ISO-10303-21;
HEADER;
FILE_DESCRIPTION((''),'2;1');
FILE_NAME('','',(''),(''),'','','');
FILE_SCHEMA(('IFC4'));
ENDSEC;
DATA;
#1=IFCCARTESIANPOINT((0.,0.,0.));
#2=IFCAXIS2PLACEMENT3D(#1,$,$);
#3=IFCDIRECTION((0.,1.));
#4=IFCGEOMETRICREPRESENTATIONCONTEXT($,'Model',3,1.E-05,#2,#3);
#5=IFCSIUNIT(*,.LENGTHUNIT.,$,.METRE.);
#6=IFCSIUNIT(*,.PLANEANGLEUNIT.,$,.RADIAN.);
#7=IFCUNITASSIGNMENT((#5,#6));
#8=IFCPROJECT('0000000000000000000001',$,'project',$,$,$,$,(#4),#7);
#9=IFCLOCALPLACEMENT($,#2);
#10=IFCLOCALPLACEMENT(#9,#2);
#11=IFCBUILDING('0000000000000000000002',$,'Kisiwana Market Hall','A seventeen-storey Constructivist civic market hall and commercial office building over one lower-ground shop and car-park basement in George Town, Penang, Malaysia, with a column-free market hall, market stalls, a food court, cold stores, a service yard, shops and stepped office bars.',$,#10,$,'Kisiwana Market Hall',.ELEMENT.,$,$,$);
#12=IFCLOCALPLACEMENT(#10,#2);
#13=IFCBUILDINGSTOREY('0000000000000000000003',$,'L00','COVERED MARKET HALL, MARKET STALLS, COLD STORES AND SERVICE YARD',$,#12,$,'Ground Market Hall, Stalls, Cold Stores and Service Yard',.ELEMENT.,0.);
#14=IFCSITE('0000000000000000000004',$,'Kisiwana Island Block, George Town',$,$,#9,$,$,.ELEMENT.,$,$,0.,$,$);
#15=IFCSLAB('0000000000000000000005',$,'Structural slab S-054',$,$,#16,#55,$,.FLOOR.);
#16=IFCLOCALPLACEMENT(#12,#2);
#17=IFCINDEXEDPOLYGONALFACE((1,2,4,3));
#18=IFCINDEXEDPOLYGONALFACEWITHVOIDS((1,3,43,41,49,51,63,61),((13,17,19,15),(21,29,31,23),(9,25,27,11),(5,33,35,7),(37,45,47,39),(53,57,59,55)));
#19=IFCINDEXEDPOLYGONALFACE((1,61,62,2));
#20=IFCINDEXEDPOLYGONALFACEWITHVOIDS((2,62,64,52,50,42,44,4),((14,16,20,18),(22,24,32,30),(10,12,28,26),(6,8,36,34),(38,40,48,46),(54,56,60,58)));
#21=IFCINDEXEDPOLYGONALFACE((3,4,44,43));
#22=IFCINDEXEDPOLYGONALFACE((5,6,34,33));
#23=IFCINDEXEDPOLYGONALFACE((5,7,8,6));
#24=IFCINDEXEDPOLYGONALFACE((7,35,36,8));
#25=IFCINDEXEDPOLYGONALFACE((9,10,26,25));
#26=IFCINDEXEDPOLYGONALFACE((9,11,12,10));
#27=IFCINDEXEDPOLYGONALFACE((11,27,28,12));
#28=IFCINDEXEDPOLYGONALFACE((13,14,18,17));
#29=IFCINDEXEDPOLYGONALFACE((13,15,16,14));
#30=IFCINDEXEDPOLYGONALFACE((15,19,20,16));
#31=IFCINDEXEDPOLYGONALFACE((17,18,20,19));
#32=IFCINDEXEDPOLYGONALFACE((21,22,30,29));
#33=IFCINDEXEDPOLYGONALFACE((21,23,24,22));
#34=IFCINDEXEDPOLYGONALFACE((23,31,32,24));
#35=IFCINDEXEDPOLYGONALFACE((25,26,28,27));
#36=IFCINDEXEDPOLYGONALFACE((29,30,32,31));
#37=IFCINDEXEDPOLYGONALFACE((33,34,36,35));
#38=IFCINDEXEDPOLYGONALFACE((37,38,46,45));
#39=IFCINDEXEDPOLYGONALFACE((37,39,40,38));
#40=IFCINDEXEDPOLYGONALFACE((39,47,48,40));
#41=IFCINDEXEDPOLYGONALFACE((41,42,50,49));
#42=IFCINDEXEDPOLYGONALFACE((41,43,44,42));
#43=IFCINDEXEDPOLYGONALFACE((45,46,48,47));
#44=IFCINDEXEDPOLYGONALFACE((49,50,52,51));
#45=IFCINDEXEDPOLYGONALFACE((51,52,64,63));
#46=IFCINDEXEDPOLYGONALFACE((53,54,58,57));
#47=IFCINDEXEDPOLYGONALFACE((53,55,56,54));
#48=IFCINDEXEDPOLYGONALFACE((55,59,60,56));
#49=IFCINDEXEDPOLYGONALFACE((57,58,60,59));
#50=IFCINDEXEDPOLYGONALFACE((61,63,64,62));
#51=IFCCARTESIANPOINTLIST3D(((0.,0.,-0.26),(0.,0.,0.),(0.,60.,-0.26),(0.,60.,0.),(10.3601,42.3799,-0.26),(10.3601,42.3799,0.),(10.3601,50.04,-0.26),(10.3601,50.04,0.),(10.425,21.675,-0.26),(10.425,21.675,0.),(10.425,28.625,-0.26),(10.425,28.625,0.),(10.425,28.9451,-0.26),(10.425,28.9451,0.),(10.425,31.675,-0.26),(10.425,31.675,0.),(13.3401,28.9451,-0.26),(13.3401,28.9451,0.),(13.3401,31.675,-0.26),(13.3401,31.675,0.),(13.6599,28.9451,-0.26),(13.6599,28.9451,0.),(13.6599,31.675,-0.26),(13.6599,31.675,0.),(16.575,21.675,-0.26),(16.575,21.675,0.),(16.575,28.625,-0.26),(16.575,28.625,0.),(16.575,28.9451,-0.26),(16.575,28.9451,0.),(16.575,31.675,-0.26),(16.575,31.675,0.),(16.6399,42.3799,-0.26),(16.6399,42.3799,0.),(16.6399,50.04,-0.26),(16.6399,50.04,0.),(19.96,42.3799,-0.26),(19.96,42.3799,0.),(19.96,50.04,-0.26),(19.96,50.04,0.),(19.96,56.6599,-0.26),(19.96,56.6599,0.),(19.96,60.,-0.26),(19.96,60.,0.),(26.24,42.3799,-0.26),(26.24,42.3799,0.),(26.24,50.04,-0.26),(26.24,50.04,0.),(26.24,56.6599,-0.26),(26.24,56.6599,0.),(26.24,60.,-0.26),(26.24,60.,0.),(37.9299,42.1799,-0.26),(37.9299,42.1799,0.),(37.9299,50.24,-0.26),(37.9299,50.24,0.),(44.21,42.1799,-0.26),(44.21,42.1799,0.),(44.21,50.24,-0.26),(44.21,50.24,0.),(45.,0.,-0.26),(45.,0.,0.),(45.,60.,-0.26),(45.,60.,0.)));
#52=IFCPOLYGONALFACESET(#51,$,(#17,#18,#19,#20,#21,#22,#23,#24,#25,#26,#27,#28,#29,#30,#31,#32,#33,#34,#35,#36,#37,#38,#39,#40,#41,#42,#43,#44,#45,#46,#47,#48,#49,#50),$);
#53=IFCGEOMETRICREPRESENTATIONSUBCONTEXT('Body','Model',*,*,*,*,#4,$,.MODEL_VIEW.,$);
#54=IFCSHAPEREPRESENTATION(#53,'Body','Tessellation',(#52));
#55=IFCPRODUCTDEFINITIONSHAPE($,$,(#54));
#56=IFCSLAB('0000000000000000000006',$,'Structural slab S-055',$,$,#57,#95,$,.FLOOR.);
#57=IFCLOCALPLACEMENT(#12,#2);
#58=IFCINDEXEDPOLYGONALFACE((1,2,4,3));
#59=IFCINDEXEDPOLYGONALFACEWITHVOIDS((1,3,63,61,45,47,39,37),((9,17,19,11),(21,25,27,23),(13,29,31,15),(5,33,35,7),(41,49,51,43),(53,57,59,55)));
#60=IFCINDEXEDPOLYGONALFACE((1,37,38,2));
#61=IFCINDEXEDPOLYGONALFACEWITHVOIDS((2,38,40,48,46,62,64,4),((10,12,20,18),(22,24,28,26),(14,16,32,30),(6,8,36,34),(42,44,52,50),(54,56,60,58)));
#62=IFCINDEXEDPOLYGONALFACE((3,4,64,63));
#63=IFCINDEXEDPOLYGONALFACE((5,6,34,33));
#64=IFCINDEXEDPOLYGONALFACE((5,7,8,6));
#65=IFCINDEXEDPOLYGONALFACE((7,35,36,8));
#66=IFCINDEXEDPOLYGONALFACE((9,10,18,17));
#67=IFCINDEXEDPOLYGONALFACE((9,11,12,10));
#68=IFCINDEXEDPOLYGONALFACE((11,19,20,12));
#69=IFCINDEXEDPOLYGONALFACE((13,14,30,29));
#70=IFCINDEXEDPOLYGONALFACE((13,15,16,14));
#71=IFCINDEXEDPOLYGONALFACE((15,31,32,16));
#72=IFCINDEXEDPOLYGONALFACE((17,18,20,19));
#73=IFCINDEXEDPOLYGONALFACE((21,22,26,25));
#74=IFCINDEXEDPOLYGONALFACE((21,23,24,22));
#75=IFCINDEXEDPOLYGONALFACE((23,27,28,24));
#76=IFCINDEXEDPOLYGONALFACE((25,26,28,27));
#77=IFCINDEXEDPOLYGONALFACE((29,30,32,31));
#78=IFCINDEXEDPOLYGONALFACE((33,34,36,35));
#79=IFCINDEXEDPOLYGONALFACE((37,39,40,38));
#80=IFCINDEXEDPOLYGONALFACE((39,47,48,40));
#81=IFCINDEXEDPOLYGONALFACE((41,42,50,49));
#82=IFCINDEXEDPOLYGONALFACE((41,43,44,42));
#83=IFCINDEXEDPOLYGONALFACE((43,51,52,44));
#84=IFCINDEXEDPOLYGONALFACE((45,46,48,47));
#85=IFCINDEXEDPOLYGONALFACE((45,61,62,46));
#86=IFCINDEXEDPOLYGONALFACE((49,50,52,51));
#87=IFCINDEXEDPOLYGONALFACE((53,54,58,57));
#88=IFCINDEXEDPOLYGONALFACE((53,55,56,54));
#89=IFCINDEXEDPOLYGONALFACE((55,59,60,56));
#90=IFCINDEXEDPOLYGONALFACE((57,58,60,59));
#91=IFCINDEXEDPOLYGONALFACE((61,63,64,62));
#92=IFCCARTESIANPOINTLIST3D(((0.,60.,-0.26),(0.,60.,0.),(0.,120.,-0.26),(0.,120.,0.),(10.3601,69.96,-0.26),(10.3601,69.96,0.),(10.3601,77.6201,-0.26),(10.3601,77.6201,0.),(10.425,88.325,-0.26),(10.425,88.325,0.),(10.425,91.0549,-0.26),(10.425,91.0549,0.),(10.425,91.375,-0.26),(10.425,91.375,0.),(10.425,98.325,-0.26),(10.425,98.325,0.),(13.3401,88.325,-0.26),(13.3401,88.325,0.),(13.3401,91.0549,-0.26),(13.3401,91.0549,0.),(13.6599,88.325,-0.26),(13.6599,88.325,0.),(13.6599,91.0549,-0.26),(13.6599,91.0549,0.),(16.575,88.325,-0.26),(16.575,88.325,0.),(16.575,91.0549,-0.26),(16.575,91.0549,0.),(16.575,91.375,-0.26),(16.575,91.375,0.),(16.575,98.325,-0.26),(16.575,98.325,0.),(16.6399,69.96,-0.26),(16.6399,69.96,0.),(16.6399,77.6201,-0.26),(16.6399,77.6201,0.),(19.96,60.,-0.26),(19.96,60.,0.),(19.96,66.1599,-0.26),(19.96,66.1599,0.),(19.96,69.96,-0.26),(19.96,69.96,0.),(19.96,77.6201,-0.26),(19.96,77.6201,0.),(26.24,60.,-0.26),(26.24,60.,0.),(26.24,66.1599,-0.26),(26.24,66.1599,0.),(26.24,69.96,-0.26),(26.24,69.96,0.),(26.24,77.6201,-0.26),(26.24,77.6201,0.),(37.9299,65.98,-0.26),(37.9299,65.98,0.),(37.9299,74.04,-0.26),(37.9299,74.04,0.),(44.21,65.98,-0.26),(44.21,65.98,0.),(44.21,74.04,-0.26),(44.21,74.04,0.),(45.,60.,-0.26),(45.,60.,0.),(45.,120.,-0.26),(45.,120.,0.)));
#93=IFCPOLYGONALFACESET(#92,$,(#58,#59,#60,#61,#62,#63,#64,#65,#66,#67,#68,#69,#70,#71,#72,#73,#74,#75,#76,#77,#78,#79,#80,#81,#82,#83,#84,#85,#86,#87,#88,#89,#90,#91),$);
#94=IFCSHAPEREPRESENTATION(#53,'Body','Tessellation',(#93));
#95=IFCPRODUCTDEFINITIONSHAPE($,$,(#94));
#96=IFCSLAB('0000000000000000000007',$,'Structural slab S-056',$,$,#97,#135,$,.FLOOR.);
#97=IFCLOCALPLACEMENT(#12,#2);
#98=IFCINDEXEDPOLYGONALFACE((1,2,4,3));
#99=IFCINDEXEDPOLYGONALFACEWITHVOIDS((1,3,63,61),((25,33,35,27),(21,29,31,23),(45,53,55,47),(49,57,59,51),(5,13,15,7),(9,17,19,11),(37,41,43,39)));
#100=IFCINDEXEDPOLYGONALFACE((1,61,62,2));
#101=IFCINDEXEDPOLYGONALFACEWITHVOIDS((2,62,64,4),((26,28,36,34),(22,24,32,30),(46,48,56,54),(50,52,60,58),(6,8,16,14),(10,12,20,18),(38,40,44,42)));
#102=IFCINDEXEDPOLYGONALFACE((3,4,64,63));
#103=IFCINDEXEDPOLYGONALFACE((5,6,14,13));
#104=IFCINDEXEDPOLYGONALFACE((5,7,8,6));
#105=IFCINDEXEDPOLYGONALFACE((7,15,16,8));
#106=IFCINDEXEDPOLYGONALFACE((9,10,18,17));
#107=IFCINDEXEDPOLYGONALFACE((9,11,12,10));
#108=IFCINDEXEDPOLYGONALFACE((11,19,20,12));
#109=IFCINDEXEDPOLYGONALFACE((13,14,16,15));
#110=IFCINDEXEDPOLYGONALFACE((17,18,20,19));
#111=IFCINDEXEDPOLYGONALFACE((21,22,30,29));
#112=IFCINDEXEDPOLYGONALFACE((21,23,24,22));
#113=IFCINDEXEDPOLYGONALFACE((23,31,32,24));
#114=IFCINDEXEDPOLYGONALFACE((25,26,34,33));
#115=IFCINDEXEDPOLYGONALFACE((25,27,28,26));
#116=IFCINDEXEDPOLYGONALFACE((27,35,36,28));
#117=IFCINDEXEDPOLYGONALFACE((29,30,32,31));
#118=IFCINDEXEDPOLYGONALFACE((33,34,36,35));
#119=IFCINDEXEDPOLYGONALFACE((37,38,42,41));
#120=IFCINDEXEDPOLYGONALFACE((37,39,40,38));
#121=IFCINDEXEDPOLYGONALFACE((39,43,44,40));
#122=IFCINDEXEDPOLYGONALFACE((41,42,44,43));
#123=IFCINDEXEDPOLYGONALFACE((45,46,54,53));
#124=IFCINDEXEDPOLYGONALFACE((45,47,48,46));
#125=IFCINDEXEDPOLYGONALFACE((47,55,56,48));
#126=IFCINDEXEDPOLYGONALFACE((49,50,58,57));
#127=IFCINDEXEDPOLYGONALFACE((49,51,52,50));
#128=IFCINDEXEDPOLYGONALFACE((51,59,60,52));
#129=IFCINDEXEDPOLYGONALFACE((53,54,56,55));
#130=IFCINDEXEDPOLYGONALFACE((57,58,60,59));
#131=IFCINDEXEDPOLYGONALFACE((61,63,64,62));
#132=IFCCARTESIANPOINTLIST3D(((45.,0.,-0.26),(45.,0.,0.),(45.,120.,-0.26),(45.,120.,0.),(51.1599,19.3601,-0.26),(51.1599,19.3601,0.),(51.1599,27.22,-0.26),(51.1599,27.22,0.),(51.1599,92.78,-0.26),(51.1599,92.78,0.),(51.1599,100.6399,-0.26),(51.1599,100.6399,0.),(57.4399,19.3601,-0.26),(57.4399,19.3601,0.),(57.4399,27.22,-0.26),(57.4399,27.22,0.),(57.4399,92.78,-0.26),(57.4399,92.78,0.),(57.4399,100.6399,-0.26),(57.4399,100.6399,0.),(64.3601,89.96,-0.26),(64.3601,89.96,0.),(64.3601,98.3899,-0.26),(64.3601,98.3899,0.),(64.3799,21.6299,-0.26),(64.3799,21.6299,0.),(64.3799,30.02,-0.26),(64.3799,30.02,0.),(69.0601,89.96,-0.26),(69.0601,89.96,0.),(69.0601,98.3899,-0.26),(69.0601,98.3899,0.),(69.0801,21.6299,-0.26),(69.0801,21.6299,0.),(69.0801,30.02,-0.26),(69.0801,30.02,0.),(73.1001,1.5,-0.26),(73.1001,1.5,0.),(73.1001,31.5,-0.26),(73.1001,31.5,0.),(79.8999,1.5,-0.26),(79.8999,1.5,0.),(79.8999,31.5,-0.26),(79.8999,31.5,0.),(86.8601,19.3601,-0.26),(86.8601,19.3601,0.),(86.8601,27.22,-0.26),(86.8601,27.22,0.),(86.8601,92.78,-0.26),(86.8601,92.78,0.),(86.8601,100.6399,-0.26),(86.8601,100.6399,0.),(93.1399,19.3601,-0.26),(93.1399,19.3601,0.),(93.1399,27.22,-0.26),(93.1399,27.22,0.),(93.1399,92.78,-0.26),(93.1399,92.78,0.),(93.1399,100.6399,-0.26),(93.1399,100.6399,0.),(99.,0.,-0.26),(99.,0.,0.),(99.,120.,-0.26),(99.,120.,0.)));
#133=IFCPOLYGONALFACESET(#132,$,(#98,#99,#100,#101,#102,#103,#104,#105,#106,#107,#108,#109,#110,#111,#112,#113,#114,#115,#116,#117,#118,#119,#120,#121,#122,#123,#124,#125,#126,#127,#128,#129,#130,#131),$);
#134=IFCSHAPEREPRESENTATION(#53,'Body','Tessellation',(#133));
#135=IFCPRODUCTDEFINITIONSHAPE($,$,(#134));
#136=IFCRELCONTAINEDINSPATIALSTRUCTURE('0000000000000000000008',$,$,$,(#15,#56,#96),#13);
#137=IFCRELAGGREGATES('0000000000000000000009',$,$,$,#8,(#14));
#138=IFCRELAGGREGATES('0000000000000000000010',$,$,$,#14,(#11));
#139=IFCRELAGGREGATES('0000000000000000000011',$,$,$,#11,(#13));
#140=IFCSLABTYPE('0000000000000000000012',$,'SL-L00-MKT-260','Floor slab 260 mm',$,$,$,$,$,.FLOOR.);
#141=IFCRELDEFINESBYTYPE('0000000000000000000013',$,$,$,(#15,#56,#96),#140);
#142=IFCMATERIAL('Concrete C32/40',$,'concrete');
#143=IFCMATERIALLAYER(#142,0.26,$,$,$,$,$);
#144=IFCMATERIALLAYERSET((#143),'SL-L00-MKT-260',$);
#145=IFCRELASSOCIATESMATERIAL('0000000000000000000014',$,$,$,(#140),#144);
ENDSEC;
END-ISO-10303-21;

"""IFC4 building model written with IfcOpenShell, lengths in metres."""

from ifc_helpers import new_model, si_unit, direction, frame, origin, place, context, subcontext, project, spatial, polyline, outline, extrude, material, layer, layer_set, type_object, element, save


model = new_model("IFC4")

# Units and contexts
model_context = context("Model", 3, precision=1e-05, world=origin(), true_north=direction((0.0, 1.0)))
body_context = subcontext(model_context, "Body", "Model", "MODEL_VIEW")
ifc_project = project(units=[si_unit("LENGTHUNIT", "METRE"), si_unit("PLANEANGLEUNIT", "RADIAN")], contexts=[model_context])

# Site, building, storey
site_placement = place(None, origin())
site = spatial("IfcSite", under=ifc_project, at=site_placement, Name="Kisiwana Island Block, George Town", CompositionType="ELEMENT", RefElevation=0.0)
building_placement = place(site_placement, origin())
building = spatial("IfcBuilding", under=site, at=building_placement, Name="Kisiwana Market Hall", Description="A seventeen-storey Constructivist civic market hall and commercial office building over one lower-ground shop and car-park basement in George Town, Penang, Malaysia, with a column-free market hall, market stalls, a food court, cold stores, a service yard, shops and stepped office bars.", LongName="Kisiwana Market Hall", CompositionType="ELEMENT")
storey_placement = place(building_placement, origin())
storey = spatial("IfcBuildingStorey", under=building, at=storey_placement, Name="L00", Description="COVERED MARKET HALL, MARKET STALLS, COLD STORES AND SERVICE YARD", LongName="Ground Market Hall, Stalls, Cold Stores and Service Yard", CompositionType="ELEMENT", Elevation=0.0)

# Slabs
ifc_material_1 = material(Name="Concrete C32/40", Category="concrete")
ifc_layer_1 = layer(ifc_material_1, 0.26)
ifc_layer_set_1 = layer_set([ifc_layer_1], Name="SL-L00-MKT-260")
slab_type_1 = type_object("IfcSlabType", Name="SL-L00-MKT-260", Description="Floor slab 260 mm", PredefinedType="FLOOR", material=ifc_layer_set_1)
slab_1_placement = place(storey_placement, frame((0.0, 0.0, -0.26)))
element("IfcSlab", 1, at=slab_1_placement, inside=storey, type_object=slab_type_1, Name="Structural slab S-054", PredefinedType="FLOOR", context=body_context, shape_type="SweptSolid", body=[
    extrude(outline(polyline([(0.0, 0.0), (45.0, 0.0), (45.0, 60.0), (26.24, 60.0), (26.24, 56.6599), (19.96, 56.6599), (19.96, 60.0), (0.0, 60.0), (0.0, 0.0)]), holes=[polyline([(10.425, 21.675), (16.575, 21.675), (16.575, 28.625), (10.425, 28.625), (10.425, 21.675)]), polyline([(10.425, 28.9451), (13.3401, 28.9451), (13.3401, 31.675), (10.425, 31.675), (10.425, 28.9451)]), polyline([(13.6599, 28.9451), (16.575, 28.9451), (16.575, 31.675), (13.6599, 31.675), (13.6599, 28.9451)]), polyline([(10.3601, 42.3799), (16.6399, 42.3799), (16.6399, 50.04), (10.3601, 50.04), (10.3601, 42.3799)]), polyline([(19.96, 42.3799), (26.24, 42.3799), (26.24, 50.04), (19.96, 50.04), (19.96, 42.3799)]), polyline([(37.9299, 42.1799), (44.21, 42.1799), (44.21, 50.24), (37.9299, 50.24), (37.9299, 42.1799)])]), origin(), (0.0, 0.0, 1.0), 0.26),
])
slab_2_placement = place(storey_placement, frame((0.0, 0.0, -0.26)))
element("IfcSlab", 2, at=slab_2_placement, inside=storey, type_object=slab_type_1, Name="Structural slab S-055", PredefinedType="FLOOR", context=body_context, shape_type="SweptSolid", body=[
    extrude(outline(polyline([(0.0, 60.0), (19.96, 60.0), (19.96, 66.1599), (26.24, 66.1599), (26.24, 60.0), (45.0, 60.0), (45.0, 120.0), (0.0, 120.0), (0.0, 60.0)]), holes=[polyline([(10.425, 91.375), (16.575, 91.375), (16.575, 98.325), (10.425, 98.325), (10.425, 91.375)]), polyline([(10.425, 88.325), (13.3401, 88.325), (13.3401, 91.0549), (10.425, 91.0549), (10.425, 88.325)]), polyline([(13.6599, 88.325), (16.575, 88.325), (16.575, 91.0549), (13.6599, 91.0549), (13.6599, 88.325)]), polyline([(10.3601, 69.96), (16.6399, 69.96), (16.6399, 77.6201), (10.3601, 77.6201), (10.3601, 69.96)]), polyline([(19.96, 69.96), (26.24, 69.96), (26.24, 77.6201), (19.96, 77.6201), (19.96, 69.96)]), polyline([(37.9299, 65.98), (44.21, 65.98), (44.21, 74.04), (37.9299, 74.04), (37.9299, 65.98)])]), origin(), (0.0, 0.0, 1.0), 0.26),
])
slab_3_placement = place(storey_placement, frame((0.0, 0.0, -0.26)))
element("IfcSlab", 3, at=slab_3_placement, inside=storey, type_object=slab_type_1, Name="Structural slab S-056", PredefinedType="FLOOR", context=body_context, shape_type="SweptSolid", body=[
    extrude(outline(polyline([(45.0, 0.0), (99.0, 0.0), (99.0, 120.0), (45.0, 120.0), (45.0, 0.0)]), holes=[polyline([(64.3799, 21.6299), (69.0801, 21.6299), (69.0801, 30.02), (64.3799, 30.02), (64.3799, 21.6299)]), polyline([(64.3601, 89.96), (69.0601, 89.96), (69.0601, 98.3899), (64.3601, 98.3899), (64.3601, 89.96)]), polyline([(51.1599, 19.3601), (57.4399, 19.3601), (57.4399, 27.22), (51.1599, 27.22), (51.1599, 19.3601)]), polyline([(51.1599, 92.78), (57.4399, 92.78), (57.4399, 100.6399), (51.1599, 100.6399), (51.1599, 92.78)]), polyline([(86.8601, 19.3601), (93.1399, 19.3601), (93.1399, 27.22), (86.8601, 27.22), (86.8601, 19.3601)]), polyline([(86.8601, 92.78), (93.1399, 92.78), (93.1399, 100.6399), (86.8601, 100.6399), (86.8601, 92.78)]), polyline([(73.1001, 1.5), (79.8999, 1.5), (79.8999, 31.5), (73.1001, 31.5), (73.1001, 1.5)])]), origin(), (0.0, 0.0, 1.0), 0.26),
])

save(model, "model.ifc")
